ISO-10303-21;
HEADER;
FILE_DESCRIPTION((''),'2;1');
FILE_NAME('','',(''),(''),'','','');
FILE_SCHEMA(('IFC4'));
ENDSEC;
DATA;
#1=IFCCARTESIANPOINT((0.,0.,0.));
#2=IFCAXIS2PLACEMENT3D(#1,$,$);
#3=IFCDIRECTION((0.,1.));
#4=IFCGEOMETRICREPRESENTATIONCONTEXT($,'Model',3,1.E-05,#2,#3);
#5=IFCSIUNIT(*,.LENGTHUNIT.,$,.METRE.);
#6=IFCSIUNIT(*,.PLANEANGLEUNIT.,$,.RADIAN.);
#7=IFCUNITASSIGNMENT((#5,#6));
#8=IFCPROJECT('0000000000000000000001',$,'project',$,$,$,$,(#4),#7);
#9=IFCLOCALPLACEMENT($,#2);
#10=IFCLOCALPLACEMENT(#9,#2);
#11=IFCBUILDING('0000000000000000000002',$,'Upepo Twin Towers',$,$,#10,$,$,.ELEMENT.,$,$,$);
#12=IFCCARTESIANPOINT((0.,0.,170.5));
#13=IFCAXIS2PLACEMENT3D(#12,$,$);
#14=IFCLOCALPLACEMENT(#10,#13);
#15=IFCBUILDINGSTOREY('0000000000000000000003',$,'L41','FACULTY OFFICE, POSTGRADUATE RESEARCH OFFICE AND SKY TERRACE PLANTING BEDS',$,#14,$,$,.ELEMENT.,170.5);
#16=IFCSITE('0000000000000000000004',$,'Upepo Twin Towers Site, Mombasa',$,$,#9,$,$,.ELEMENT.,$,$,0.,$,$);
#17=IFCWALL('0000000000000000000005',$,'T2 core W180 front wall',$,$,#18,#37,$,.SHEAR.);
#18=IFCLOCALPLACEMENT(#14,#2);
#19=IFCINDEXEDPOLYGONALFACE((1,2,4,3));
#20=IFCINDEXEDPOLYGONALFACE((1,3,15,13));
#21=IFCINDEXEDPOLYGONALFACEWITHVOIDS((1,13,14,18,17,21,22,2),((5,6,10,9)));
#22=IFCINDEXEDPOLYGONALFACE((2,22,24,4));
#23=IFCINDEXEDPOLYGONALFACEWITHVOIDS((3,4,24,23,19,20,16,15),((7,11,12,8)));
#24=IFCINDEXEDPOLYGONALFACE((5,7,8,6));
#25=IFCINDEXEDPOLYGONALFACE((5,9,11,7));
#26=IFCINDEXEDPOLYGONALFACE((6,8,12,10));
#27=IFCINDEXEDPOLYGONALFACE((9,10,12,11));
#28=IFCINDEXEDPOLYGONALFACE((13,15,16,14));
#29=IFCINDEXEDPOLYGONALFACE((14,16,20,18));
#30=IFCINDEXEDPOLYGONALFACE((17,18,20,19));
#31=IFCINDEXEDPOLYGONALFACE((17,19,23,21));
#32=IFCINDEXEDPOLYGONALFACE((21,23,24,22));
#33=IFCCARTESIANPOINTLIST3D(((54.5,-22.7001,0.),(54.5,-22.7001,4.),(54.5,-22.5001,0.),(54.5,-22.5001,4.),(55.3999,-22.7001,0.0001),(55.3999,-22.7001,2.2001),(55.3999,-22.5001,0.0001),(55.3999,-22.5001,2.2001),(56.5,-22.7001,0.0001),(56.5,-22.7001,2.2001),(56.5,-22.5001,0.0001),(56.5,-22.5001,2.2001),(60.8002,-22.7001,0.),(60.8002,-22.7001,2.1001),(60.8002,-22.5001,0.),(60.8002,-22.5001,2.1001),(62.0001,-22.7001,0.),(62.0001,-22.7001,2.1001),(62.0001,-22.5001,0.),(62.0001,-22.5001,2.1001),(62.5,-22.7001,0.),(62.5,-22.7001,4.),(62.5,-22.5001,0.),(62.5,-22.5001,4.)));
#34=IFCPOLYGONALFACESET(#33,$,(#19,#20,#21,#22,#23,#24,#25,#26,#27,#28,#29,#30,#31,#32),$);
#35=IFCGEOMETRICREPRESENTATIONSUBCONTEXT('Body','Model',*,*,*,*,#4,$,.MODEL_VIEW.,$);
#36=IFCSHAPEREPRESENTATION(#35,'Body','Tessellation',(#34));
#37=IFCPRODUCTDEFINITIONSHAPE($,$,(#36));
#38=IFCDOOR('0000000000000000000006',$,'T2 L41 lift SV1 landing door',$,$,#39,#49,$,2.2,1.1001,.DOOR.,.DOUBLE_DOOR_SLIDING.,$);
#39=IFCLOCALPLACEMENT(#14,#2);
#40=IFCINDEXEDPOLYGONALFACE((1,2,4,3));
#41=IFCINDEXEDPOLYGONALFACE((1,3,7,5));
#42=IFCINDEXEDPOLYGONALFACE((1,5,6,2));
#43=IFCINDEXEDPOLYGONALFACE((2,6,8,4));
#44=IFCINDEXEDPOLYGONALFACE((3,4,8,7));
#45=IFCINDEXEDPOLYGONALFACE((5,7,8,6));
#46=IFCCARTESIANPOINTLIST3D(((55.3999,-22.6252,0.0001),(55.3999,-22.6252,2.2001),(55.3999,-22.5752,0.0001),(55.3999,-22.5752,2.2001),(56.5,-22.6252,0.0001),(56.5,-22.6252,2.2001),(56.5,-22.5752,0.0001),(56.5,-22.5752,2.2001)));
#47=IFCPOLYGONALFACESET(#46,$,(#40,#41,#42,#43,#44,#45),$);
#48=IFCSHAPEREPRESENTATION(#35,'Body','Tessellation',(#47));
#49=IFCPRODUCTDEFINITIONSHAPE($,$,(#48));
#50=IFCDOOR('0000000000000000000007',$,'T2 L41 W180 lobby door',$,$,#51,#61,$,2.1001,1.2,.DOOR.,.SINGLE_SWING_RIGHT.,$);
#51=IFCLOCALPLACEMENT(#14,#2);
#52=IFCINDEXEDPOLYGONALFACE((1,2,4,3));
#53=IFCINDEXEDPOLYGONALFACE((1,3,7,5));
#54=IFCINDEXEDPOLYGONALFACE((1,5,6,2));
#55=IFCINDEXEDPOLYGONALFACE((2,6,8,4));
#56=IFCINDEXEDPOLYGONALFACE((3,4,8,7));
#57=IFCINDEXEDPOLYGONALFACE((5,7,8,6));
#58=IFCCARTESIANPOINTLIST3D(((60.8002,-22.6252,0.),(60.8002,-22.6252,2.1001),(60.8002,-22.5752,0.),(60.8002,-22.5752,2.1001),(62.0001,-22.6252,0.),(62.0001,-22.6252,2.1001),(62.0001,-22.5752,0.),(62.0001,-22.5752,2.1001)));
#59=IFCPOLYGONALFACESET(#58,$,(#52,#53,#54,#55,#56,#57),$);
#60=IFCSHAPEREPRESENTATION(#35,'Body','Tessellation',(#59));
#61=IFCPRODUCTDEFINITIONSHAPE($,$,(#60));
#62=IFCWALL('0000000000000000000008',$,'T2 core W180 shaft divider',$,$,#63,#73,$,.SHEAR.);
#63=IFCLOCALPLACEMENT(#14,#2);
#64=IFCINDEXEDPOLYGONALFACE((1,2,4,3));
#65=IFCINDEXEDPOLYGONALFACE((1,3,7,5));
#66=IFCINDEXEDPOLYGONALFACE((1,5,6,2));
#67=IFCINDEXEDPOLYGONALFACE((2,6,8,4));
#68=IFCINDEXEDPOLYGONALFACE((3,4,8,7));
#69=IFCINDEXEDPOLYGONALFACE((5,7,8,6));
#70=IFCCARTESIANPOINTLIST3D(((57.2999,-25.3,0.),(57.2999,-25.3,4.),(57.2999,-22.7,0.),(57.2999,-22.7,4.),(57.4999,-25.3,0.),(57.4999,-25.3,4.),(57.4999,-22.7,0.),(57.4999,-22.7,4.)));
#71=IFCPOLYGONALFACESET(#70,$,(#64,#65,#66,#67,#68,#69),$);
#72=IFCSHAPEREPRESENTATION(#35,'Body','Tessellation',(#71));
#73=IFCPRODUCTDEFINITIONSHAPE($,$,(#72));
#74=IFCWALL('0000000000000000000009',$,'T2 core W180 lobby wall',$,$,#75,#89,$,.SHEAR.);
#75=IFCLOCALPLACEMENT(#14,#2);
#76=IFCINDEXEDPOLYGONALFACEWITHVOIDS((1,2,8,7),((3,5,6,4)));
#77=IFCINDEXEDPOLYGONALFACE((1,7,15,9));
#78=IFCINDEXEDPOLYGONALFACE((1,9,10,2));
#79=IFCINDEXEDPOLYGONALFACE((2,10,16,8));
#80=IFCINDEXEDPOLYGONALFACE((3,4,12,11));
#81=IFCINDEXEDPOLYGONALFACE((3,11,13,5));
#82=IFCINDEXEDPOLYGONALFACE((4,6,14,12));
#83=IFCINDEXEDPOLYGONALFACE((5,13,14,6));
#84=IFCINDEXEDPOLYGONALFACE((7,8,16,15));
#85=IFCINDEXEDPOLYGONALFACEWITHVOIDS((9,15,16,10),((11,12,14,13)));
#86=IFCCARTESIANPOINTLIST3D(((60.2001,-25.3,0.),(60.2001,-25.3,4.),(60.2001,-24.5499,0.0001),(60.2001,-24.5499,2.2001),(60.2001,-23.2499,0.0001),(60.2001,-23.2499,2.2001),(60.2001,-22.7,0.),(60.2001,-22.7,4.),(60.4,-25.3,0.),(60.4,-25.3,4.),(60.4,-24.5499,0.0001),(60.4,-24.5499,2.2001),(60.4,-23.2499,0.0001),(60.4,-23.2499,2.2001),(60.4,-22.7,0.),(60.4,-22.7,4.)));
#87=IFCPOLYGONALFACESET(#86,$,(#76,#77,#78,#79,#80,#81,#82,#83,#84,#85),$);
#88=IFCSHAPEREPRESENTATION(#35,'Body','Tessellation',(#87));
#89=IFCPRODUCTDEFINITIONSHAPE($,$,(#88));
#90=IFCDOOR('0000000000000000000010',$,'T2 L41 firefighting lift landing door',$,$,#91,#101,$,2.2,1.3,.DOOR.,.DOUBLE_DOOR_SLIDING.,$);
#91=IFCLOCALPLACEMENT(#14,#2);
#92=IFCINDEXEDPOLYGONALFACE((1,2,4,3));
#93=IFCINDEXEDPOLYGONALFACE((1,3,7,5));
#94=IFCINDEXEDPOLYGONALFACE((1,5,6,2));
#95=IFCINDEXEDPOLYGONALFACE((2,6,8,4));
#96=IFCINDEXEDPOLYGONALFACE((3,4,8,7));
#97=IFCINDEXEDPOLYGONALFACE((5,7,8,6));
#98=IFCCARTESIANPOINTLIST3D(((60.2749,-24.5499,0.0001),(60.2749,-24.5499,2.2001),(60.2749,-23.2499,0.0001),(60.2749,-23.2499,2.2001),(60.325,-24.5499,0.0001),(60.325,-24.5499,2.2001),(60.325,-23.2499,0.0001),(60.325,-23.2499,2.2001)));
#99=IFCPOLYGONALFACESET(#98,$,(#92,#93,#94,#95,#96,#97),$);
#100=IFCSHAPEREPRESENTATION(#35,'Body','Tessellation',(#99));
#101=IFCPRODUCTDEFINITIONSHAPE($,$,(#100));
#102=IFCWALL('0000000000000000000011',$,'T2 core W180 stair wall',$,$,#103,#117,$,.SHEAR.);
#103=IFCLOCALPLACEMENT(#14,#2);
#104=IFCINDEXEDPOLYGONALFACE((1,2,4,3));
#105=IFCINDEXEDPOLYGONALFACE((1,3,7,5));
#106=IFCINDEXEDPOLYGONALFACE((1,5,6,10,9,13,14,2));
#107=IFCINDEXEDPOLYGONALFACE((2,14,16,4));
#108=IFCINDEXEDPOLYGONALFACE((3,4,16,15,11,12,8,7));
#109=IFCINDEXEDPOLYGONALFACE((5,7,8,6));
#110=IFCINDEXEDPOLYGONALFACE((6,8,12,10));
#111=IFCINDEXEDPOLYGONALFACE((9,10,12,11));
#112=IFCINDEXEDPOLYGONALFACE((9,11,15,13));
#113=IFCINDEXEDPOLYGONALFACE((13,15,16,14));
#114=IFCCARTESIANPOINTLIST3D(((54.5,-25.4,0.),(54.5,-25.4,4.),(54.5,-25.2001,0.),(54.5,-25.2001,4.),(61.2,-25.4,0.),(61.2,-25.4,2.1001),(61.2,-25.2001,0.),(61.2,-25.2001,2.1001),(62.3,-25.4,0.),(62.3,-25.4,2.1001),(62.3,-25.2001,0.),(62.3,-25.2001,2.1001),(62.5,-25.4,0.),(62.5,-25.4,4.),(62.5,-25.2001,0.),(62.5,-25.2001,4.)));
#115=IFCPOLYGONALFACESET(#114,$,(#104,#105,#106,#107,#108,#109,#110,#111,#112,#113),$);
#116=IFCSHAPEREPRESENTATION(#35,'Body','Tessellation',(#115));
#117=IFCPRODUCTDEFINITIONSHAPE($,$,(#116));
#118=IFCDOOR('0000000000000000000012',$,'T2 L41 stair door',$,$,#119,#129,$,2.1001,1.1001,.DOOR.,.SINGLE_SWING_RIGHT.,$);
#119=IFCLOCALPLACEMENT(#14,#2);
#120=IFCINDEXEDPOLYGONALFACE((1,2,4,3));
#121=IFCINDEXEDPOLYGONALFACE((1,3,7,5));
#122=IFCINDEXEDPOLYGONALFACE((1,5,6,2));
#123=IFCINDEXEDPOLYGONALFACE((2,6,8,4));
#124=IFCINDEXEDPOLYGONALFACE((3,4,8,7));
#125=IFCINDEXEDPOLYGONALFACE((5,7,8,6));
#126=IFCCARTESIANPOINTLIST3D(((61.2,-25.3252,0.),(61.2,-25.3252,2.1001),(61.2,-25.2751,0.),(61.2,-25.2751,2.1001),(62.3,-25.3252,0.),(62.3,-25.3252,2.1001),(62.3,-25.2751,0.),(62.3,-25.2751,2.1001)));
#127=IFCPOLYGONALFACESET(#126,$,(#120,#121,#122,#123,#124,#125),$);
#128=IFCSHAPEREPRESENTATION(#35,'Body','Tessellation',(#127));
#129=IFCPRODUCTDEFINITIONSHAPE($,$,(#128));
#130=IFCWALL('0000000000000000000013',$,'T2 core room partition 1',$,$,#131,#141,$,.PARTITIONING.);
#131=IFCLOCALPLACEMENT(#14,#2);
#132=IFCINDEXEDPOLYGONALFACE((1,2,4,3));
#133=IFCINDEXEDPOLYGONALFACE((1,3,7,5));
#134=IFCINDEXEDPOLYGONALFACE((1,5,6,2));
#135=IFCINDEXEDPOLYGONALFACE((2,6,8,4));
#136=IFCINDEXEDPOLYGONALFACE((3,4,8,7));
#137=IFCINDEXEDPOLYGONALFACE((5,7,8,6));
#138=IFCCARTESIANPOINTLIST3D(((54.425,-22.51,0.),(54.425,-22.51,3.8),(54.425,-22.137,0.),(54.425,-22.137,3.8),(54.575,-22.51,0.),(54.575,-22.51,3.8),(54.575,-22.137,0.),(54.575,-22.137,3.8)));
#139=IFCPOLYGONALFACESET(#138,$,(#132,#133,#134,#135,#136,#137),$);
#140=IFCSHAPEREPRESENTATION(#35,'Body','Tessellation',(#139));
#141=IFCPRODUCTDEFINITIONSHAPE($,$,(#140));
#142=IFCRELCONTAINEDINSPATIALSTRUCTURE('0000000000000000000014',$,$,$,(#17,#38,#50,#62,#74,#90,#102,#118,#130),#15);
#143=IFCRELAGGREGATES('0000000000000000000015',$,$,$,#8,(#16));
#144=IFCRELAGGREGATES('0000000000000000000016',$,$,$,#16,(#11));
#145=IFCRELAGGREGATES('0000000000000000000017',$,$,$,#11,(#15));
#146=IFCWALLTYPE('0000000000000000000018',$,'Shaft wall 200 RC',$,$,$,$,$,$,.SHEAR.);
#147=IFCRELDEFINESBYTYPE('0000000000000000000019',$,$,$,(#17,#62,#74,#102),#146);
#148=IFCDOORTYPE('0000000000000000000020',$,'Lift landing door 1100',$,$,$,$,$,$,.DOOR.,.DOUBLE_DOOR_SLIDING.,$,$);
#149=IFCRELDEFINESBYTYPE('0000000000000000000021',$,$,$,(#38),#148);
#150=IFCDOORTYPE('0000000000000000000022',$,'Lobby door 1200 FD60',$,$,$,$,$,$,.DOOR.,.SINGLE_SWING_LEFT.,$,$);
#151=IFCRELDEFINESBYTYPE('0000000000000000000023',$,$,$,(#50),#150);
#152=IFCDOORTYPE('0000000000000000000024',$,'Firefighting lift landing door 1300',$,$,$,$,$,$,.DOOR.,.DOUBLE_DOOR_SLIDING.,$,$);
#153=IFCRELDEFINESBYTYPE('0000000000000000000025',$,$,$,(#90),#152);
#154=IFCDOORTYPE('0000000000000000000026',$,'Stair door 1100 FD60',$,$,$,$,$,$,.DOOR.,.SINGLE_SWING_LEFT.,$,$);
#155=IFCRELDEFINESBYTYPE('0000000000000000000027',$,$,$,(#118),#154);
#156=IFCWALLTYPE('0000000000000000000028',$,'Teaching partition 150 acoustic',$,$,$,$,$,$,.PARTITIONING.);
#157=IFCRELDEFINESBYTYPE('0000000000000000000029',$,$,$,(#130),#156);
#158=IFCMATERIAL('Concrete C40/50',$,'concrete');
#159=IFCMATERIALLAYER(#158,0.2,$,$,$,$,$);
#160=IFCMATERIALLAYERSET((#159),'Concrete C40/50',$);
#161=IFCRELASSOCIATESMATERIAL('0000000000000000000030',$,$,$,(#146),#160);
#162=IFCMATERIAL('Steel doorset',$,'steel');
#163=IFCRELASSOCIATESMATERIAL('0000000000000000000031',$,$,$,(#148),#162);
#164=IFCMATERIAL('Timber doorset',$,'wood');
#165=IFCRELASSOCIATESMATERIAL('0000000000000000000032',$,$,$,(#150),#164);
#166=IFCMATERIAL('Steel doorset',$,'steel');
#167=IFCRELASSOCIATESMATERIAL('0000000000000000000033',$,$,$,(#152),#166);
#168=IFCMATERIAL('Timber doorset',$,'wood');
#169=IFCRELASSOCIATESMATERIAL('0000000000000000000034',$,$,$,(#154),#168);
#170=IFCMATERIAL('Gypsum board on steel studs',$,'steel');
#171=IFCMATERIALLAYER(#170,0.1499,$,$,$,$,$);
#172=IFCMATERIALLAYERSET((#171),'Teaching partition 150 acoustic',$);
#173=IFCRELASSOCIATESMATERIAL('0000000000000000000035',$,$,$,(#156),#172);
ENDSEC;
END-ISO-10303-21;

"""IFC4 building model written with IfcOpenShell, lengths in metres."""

from ifc_helpers import new_model, si_unit, direction, frame, frame_2d, origin, place, context, subcontext, project, spatial, rectangle, extrude, material, layer, layer_set, type_object, element, fill, save


model = new_model("IFC4")

# Units and contexts
model_context = context("Model", 3, precision=1e-05, world=origin(), true_north=direction((0.0, 1.0)))
body_context = subcontext(model_context, "Body", "Model", "MODEL_VIEW")
ifc_project = project(units=[si_unit("LENGTHUNIT", "METRE"), si_unit("PLANEANGLEUNIT", "RADIAN")], contexts=[model_context])

# Site, building, storey
site_placement = place(None, origin())
site = spatial("IfcSite", under=ifc_project, at=site_placement, Name="Upepo Twin Towers Site, Mombasa", CompositionType="ELEMENT", RefElevation=0.0)
building_placement = place(site_placement, origin())
building = spatial("IfcBuilding", under=site, at=building_placement, Name="Upepo Twin Towers", CompositionType="ELEMENT")
storey_placement = place(building_placement, frame((0.0, 0.0, 170.5)))
storey = spatial("IfcBuildingStorey", under=building, at=storey_placement, Name="L41", Description="FACULTY OFFICE, POSTGRADUATE RESEARCH OFFICE AND SKY TERRACE PLANTING BEDS", CompositionType="ELEMENT", Elevation=170.5)

# Wall, openings, doors
ifc_material_1 = material(Name="Concrete C40/50", Category="concrete")
ifc_layer_1 = layer(ifc_material_1, 0.2)
ifc_layer_set_1 = layer_set([ifc_layer_1], Name="Concrete C40/50")
wall_type_1 = type_object("IfcWallType", Name="Shaft wall 200 RC", PredefinedType="SHEAR", material=ifc_layer_set_1)
wall_1_placement = place(storey_placement, frame((54.5, -22.6001, 0.0), z_axis=(0.0, 0.0, 1.0), x_axis=(1.0, 0.0, 0.0)))
wall_1 = element("IfcWall", 1, at=wall_1_placement, inside=storey, type_object=wall_type_1, Name="T2 core W180 front wall", PredefinedType="SHEAR", context=body_context, shape_type="SweptSolid", body=[
    extrude(rectangle(XDim=8.0, YDim=0.2, at=frame_2d((4.0, 0.0))), origin(), (0.0, 0.0, 1.0), 4.0),
])
opening_1_placement = place(wall_1_placement, frame((6.3, 0.0, 0.0)))
opening_1 = element("IfcOpeningElement", 2, at=opening_1_placement, cuts=wall_1, PredefinedType="OPENING", context=body_context, shape_type="SweptSolid", body=[
    extrude(rectangle(XDim=1.2, YDim=2.1001, at=frame_2d((0.6001, 1.05))), frame((0.0, 0.1099, 0.0), z_axis=(0.0, -1.0, 0.0), x_axis=(1.0, 0.0, 0.0)), (0.0, 0.0, 1.0), 0.22),
])
opening_2_placement = place(wall_1_placement, frame((0.8999, 0.0, 0.0)))
opening_2 = element("IfcOpeningElement", 3, at=opening_2_placement, cuts=wall_1, PredefinedType="OPENING", context=body_context, shape_type="SweptSolid", body=[
    extrude(rectangle(XDim=1.1001, YDim=2.2, at=frame_2d((0.55, 1.1001))), frame((0.0, 0.1099, 0.0), z_axis=(0.0, -1.0, 0.0), x_axis=(1.0, 0.0, 0.0)), (0.0, 0.0, 1.0), 0.22),
])
ifc_material_2 = material(Name="Steel doorset", Category="steel")
door_type_1 = type_object("IfcDoorType", Name="Lift landing door 1100", OperationType="DOUBLE_DOOR_SLIDING", PredefinedType="DOOR", material=ifc_material_2)
door_1_placement = place(opening_2_placement, origin())
door_1 = element("IfcDoor", 4, at=door_1_placement, inside=storey, type_object=door_type_1, Name="T2 L41 lift SV1 landing door", OperationType="DOUBLE_DOOR_SLIDING", OverallHeight=2.2, OverallWidth=1.1001, PredefinedType="DOOR", context=body_context, shape_type="SweptSolid", body=[
    extrude(rectangle(XDim=1.1001, YDim=2.2, at=frame_2d((0.55, 1.1001))), frame((0.0, 0.0249, 0.0), z_axis=(0.0, -1.0, 0.0), x_axis=(1.0, 0.0, 0.0)), (0.0, 0.0, 1.0), 0.05),
])
fill(opening_2, door_1)
ifc_material_3 = material(Name="Timber doorset", Category="wood")
door_type_2 = type_object("IfcDoorType", Name="Lobby door 1200 FD60", OperationType="SINGLE_SWING_LEFT", PredefinedType="DOOR", material=ifc_material_3)
door_2_placement = place(opening_1_placement, origin())
door_2 = element("IfcDoor", 5, at=door_2_placement, inside=storey, type_object=door_type_2, Name="T2 L41 W180 lobby door", OperationType="SINGLE_SWING_RIGHT", OverallHeight=2.1001, OverallWidth=1.2, PredefinedType="DOOR", context=body_context, shape_type="SweptSolid", body=[
    extrude(rectangle(XDim=1.2, YDim=2.1001, at=frame_2d((0.6001, 1.05))), frame((0.0, 0.0249, 0.0), z_axis=(0.0, -1.0, 0.0), x_axis=(1.0, 0.0, 0.0)), (0.0, 0.0, 1.0), 0.05),
])
fill(opening_1, door_2)

# Wall
wall_2_placement = place(storey_placement, frame((57.3999, -22.7, 0.0), z_axis=(0.0, 0.0, 1.0), x_axis=(0.0, -1.0, 0.0)))
element("IfcWall", 6, at=wall_2_placement, inside=storey, type_object=wall_type_1, Name="T2 core W180 shaft divider", PredefinedType="SHEAR", context=body_context, shape_type="SweptSolid", body=[
    extrude(rectangle(XDim=2.6001, YDim=0.2, at=frame_2d((1.3, 0.0))), origin(), (0.0, 0.0, 1.0), 4.0),
])

# Walls, openings, doors
wall_3_placement = place(storey_placement, frame((60.3, -22.7, 0.0), z_axis=(0.0, 0.0, 1.0), x_axis=(0.0, -1.0, 0.0)))
wall_3 = element("IfcWall", 7, at=wall_3_placement, inside=storey, type_object=wall_type_1, Name="T2 core W180 lobby wall", PredefinedType="SHEAR", context=body_context, shape_type="SweptSolid", body=[
    extrude(rectangle(XDim=2.6001, YDim=0.2, at=frame_2d((1.3, 0.0))), origin(), (0.0, 0.0, 1.0), 4.0),
])
opening_3_placement = place(wall_3_placement, frame((0.55, 0.0, 0.0)))
opening_3 = element("IfcOpeningElement", 8, at=opening_3_placement, cuts=wall_3, PredefinedType="OPENING", context=body_context, shape_type="SweptSolid", body=[
    extrude(rectangle(XDim=1.3, YDim=2.2, at=frame_2d((0.6499, 1.1001))), frame((0.0, 0.1099, 0.0), z_axis=(0.0, -1.0, 0.0), x_axis=(1.0, 0.0, 0.0)), (0.0, 0.0, 1.0), 0.22),
])
ifc_material_4 = material(Name="Steel doorset", Category="steel")
door_type_3 = type_object("IfcDoorType", Name="Firefighting lift landing door 1300", OperationType="DOUBLE_DOOR_SLIDING", PredefinedType="DOOR", material=ifc_material_4)
door_3_placement = place(opening_3_placement, origin())
door_3 = element("IfcDoor", 9, at=door_3_placement, inside=storey, type_object=door_type_3, Name="T2 L41 firefighting lift landing door", OperationType="DOUBLE_DOOR_SLIDING", OverallHeight=2.2, OverallWidth=1.3, PredefinedType="DOOR", context=body_context, shape_type="SweptSolid", body=[
    extrude(rectangle(XDim=1.3, YDim=2.2, at=frame_2d((0.6499, 1.1001))), frame((0.0, 0.0249, 0.0), z_axis=(0.0, -1.0, 0.0), x_axis=(1.0, 0.0, 0.0)), (0.0, 0.0, 1.0), 0.05),
])
fill(opening_3, door_3)
wall_4_placement = place(storey_placement, frame((54.5, -25.3, 0.0), z_axis=(0.0, 0.0, 1.0), x_axis=(1.0, 0.0, 0.0)))
wall_4 = element("IfcWall", 10, at=wall_4_placement, inside=storey, type_object=wall_type_1, Name="T2 core W180 stair wall", PredefinedType="SHEAR", context=body_context, shape_type="SweptSolid", body=[
    extrude(rectangle(XDim=8.0, YDim=0.2, at=frame_2d((4.0, 0.0))), origin(), (0.0, 0.0, 1.0), 4.0),
])
opening_4_placement = place(wall_4_placement, frame((6.7, 0.0, 0.0)))
opening_4 = element("IfcOpeningElement", 11, at=opening_4_placement, cuts=wall_4, PredefinedType="OPENING", context=body_context, shape_type="SweptSolid", body=[
    extrude(rectangle(XDim=1.1001, YDim=2.1001, at=frame_2d((0.55, 1.05))), frame((0.0, 0.1099, 0.0), z_axis=(0.0, -1.0, 0.0), x_axis=(1.0, 0.0, 0.0)), (0.0, 0.0, 1.0), 0.22),
])
ifc_material_5 = material(Name="Timber doorset", Category="wood")
door_type_4 = type_object("IfcDoorType", Name="Stair door 1100 FD60", OperationType="SINGLE_SWING_LEFT", PredefinedType="DOOR", material=ifc_material_5)
door_4_placement = place(opening_4_placement, origin())
door_4 = element("IfcDoor", 12, at=door_4_placement, inside=storey, type_object=door_type_4, Name="T2 L41 stair door", OperationType="SINGLE_SWING_RIGHT", OverallHeight=2.1001, OverallWidth=1.1001, PredefinedType="DOOR", context=body_context, shape_type="SweptSolid", body=[
    extrude(rectangle(XDim=1.1001, YDim=2.1001, at=frame_2d((0.55, 1.05))), frame((0.0, 0.0249, 0.0), z_axis=(0.0, -1.0, 0.0), x_axis=(1.0, 0.0, 0.0)), (0.0, 0.0, 1.0), 0.05),
])
fill(opening_4, door_4)

# Wall
ifc_material_6 = material(Name="Gypsum board on steel studs", Category="steel")
ifc_layer_2 = layer(ifc_material_6, 0.1499)
ifc_layer_set_2 = layer_set([ifc_layer_2], Name="Teaching partition 150 acoustic")
wall_type_2 = type_object("IfcWallType", Name="Teaching partition 150 acoustic", PredefinedType="PARTITIONING", material=ifc_layer_set_2)
wall_5_placement = place(storey_placement, frame((54.5, -22.51, 0.0), z_axis=(0.0, 0.0, 1.0), x_axis=(0.0, 1.0, 0.0)))
element("IfcWall", 13, at=wall_5_placement, inside=storey, type_object=wall_type_2, Name="T2 core room partition 1", PredefinedType="PARTITIONING", context=body_context, shape_type="SweptSolid", body=[
    extrude(rectangle(XDim=0.373, YDim=0.1499, at=frame_2d((0.1865, 0.0))), origin(), (0.0, 0.0, 1.0), 3.8),
])

save(model, "model.ifc")
